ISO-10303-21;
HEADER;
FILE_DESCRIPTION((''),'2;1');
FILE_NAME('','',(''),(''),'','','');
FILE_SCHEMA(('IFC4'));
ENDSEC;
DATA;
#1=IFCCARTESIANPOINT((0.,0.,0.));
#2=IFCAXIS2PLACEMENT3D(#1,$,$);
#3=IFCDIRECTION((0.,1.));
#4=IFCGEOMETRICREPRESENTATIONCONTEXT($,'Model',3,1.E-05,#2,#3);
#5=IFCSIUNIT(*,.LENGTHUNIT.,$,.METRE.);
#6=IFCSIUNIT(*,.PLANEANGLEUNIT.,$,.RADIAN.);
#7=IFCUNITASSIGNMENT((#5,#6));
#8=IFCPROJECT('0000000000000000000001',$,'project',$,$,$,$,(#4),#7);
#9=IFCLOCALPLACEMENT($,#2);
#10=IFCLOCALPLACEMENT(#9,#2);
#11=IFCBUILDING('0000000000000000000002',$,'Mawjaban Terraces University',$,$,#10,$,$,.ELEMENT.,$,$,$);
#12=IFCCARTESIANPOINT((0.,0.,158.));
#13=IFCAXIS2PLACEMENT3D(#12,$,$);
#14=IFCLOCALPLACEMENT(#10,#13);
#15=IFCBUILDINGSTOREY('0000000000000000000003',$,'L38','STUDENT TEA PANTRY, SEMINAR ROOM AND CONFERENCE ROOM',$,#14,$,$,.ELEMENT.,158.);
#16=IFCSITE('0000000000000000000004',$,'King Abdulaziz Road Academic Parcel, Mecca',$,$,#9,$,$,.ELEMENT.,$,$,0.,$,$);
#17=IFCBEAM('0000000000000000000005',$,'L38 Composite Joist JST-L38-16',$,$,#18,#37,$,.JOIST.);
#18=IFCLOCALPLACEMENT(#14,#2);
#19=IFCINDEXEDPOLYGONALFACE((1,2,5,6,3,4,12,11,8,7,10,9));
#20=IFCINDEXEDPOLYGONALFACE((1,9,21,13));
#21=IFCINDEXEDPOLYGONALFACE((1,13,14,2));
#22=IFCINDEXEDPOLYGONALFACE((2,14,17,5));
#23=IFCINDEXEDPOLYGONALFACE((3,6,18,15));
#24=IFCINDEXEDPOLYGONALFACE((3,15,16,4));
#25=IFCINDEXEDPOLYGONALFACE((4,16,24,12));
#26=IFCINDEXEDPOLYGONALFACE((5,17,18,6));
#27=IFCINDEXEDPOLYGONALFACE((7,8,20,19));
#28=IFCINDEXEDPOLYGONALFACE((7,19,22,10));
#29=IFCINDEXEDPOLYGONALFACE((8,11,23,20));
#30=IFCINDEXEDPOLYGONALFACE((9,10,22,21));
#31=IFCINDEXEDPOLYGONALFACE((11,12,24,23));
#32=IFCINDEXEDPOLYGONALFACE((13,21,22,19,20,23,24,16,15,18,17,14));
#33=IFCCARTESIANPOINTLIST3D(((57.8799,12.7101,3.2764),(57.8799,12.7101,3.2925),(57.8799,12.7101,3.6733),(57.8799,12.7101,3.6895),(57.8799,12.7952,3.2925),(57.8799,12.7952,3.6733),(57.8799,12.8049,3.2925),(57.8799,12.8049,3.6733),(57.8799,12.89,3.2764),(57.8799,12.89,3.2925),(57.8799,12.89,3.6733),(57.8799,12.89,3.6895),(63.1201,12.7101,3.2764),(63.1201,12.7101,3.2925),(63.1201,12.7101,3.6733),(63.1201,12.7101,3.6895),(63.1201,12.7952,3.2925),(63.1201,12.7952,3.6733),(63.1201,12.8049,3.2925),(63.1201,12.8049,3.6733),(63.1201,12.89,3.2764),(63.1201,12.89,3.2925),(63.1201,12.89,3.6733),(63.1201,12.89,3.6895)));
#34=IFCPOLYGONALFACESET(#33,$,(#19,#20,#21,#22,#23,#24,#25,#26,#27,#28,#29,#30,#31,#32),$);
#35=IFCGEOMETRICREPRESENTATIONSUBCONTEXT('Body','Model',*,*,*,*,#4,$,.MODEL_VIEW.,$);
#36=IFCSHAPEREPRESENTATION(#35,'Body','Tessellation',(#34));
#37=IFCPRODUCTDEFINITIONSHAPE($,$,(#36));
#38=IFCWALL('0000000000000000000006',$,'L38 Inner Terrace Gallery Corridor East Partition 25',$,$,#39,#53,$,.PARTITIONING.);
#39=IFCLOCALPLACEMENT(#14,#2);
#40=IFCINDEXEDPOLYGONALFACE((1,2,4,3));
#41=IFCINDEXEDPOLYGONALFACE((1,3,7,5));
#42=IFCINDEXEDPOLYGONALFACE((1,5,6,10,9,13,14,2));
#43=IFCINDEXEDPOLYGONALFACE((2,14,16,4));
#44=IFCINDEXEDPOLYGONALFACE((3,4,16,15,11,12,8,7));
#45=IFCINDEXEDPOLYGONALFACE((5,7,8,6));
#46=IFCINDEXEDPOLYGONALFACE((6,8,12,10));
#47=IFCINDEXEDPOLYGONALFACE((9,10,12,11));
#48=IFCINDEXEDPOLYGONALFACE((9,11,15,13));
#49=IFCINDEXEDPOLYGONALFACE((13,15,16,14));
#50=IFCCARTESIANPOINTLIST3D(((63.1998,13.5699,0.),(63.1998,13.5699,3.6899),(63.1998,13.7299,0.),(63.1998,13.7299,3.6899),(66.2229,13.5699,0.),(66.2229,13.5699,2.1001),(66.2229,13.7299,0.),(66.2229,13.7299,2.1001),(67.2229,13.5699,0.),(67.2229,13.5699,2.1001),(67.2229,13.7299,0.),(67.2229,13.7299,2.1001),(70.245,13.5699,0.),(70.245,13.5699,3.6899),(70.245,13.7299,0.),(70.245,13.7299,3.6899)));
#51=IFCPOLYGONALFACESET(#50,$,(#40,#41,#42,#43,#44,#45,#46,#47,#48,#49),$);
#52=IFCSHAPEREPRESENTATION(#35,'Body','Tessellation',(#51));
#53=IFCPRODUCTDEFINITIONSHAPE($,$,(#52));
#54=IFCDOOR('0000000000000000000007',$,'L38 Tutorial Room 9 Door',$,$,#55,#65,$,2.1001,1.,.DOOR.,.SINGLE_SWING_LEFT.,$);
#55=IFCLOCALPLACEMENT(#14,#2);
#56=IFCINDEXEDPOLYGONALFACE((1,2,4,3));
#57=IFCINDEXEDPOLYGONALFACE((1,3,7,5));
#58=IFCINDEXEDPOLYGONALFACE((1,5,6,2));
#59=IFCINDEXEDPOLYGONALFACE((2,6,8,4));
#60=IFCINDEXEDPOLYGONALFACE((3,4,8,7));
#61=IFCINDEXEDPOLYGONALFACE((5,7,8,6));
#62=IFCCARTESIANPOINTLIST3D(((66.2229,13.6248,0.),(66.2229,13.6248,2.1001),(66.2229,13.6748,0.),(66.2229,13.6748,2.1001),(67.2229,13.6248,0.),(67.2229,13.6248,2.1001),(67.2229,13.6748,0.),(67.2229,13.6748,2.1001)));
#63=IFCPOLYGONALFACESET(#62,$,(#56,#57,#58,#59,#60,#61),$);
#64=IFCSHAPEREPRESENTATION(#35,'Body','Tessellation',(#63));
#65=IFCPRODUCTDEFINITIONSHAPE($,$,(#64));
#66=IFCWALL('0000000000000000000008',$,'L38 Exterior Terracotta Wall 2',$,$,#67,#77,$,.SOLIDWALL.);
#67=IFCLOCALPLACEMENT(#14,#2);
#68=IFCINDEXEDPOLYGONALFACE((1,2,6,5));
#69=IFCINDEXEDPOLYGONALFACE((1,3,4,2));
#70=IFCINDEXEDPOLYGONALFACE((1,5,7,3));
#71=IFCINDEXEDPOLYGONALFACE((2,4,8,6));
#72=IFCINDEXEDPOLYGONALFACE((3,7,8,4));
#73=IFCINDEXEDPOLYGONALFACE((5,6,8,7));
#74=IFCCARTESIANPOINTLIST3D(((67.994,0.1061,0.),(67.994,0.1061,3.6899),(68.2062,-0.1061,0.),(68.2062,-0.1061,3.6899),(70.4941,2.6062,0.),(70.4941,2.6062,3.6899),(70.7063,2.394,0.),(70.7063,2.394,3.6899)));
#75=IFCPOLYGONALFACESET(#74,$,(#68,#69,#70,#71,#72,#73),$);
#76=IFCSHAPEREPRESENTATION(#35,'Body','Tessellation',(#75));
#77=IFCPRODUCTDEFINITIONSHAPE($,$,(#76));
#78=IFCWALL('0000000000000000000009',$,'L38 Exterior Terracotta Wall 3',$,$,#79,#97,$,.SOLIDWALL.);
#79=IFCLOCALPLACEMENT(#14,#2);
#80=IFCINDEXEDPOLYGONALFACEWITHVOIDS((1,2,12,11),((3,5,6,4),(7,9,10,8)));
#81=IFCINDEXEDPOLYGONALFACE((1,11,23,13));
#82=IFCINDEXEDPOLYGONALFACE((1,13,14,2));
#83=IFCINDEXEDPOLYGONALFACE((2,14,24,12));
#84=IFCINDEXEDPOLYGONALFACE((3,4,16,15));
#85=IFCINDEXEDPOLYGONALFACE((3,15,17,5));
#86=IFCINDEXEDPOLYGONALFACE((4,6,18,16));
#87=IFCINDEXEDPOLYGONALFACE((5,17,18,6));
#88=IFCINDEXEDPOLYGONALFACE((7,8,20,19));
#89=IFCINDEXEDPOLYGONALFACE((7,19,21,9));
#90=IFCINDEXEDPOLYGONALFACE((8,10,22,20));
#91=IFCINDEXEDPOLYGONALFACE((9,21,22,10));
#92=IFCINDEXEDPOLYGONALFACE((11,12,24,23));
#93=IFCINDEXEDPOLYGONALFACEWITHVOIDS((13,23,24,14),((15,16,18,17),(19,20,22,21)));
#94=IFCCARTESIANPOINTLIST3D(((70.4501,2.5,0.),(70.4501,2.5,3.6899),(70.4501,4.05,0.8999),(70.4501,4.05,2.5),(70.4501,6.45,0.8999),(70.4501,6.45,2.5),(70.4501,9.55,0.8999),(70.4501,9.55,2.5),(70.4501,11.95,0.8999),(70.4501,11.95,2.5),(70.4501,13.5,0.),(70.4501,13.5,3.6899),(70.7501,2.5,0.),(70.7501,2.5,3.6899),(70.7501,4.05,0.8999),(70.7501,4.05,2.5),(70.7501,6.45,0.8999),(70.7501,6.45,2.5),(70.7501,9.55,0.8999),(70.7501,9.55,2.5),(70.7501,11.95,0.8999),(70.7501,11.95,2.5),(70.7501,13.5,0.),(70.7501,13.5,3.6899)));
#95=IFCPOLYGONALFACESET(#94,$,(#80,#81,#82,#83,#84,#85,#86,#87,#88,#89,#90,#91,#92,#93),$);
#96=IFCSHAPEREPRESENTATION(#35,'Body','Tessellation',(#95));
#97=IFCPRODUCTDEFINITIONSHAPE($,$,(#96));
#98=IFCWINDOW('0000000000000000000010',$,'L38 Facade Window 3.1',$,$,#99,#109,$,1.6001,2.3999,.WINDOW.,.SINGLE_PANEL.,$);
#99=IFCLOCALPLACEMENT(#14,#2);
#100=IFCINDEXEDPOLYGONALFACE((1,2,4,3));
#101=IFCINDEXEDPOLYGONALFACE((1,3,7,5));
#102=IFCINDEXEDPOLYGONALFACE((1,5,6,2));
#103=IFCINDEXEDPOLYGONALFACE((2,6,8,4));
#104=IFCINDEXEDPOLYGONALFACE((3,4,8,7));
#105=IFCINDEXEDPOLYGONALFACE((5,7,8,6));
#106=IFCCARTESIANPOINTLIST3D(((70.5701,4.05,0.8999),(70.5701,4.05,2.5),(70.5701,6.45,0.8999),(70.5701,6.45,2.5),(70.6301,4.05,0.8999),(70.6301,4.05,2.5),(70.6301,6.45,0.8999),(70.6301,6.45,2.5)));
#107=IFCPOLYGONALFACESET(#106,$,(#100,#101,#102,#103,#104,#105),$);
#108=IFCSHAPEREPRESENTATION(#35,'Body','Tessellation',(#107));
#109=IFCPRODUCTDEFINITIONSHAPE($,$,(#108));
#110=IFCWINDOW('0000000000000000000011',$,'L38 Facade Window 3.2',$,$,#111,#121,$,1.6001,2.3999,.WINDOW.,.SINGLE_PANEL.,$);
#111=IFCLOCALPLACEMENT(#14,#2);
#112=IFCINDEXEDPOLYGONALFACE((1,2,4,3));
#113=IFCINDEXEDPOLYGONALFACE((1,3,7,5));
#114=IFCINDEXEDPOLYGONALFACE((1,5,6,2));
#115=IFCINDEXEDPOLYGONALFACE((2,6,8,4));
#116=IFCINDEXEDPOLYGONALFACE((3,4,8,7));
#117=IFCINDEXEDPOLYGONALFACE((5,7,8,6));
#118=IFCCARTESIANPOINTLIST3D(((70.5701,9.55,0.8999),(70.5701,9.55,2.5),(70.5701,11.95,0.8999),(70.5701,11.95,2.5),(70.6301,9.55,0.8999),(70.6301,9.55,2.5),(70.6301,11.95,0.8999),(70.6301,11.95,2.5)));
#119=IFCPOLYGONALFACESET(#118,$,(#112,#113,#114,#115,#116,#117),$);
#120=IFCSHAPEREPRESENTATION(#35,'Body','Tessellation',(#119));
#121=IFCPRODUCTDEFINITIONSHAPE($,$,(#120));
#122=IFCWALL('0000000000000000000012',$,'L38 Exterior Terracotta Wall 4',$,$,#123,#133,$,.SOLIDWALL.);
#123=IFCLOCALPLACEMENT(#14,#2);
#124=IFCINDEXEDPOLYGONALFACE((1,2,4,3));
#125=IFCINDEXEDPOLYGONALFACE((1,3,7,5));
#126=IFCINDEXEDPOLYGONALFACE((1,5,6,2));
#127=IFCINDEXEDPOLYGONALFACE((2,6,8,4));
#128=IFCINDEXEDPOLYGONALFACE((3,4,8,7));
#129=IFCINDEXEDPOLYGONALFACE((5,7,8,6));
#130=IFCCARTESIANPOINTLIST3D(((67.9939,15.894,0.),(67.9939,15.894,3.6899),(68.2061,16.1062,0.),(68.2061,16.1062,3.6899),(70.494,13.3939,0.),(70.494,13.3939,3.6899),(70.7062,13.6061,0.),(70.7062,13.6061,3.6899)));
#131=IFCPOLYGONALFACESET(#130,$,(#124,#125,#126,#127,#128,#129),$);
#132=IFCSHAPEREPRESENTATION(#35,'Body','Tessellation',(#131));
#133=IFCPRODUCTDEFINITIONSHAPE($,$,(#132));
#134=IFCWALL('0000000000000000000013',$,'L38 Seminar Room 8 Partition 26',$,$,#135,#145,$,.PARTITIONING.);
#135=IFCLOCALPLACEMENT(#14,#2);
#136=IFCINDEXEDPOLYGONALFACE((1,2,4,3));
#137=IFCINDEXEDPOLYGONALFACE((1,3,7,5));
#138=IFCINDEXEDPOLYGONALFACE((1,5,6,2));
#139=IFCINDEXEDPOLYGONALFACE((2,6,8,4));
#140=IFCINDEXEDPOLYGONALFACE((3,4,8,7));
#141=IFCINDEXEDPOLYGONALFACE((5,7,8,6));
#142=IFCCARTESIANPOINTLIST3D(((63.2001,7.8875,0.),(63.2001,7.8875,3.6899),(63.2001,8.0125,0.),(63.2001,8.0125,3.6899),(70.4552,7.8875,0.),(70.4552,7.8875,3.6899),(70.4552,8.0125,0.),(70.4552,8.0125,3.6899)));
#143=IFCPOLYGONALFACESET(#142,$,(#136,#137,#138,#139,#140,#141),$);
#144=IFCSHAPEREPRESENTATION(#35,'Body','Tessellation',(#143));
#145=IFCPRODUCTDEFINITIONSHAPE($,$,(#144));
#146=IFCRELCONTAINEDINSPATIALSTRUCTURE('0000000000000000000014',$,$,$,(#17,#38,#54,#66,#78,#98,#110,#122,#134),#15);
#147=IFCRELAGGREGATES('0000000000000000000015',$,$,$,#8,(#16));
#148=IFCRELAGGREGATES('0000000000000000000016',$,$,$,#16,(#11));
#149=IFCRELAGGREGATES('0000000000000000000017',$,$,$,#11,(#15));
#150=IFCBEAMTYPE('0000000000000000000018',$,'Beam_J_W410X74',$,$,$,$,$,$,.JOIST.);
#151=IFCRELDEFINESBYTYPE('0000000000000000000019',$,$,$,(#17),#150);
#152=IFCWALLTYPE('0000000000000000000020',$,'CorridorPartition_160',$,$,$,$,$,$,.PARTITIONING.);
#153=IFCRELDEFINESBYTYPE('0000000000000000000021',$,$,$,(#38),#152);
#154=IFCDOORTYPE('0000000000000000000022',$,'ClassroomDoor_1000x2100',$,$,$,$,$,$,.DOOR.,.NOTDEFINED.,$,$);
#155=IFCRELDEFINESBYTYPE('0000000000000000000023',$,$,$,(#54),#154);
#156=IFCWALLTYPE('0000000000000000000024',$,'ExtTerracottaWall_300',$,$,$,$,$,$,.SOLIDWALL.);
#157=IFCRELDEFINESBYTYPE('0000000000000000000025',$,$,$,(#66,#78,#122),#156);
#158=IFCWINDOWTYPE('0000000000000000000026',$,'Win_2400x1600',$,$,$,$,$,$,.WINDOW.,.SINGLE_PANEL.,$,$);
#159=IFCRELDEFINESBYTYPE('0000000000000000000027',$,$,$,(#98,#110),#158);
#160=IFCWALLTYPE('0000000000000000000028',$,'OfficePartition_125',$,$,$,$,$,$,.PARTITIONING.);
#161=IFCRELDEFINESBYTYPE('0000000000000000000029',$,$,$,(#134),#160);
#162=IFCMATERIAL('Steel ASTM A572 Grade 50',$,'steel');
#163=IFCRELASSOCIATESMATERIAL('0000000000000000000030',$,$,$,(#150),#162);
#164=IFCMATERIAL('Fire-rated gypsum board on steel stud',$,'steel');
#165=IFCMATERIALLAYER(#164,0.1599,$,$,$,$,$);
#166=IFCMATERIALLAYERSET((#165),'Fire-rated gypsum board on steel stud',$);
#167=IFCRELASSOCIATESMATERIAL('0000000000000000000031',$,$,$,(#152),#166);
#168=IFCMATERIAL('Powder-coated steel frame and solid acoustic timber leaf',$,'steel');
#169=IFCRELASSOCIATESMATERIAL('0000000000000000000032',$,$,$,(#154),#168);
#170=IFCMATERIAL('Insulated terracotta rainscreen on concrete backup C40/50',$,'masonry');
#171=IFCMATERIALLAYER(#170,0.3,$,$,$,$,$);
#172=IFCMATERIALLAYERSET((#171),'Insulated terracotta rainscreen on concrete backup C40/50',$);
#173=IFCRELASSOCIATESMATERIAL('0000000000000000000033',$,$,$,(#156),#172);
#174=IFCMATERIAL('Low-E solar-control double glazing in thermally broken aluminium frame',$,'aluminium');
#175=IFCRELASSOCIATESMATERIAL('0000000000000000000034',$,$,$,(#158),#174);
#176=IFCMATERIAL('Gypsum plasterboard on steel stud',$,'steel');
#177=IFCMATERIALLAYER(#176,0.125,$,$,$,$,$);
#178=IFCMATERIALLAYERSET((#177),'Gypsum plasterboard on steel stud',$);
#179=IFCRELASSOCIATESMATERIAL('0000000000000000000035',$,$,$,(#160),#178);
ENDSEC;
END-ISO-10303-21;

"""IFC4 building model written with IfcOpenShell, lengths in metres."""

from ifc_helpers import new_model, si_unit, direction, frame, frame_2d, origin, origin_2d, place, context, subcontext, project, spatial, rectangle, i_section, extrude, material, layer, layer_set, material_profile, profile_set, type_object, element, fill, save


model = new_model("IFC4")

# Units and contexts
model_context = context("Model", 3, precision=1e-05, world=origin(), true_north=direction((0.0, 1.0)))
body_context = subcontext(model_context, "Body", "Model", "MODEL_VIEW")
ifc_project = project(units=[si_unit("LENGTHUNIT", "METRE"), si_unit("PLANEANGLEUNIT", "RADIAN")], contexts=[model_context])

# Site, building, storey
site_placement = place(None, origin())
site = spatial("IfcSite", under=ifc_project, at=site_placement, Name="King Abdulaziz Road Academic Parcel, Mecca", CompositionType="ELEMENT", RefElevation=0.0)
building_placement = place(site_placement, origin())
building = spatial("IfcBuilding", under=site, at=building_placement, Name="Mawjaban Terraces University", CompositionType="ELEMENT")
storey_placement = place(building_placement, frame((0.0, 0.0, 158.0)))
storey = spatial("IfcBuildingStorey", under=building, at=storey_placement, Name="L38", Description="STUDENT TEA PANTRY, SEMINAR ROOM AND CONFERENCE ROOM", CompositionType="ELEMENT", Elevation=158.0)

# Beam
ifc_material_1 = material(Name="Steel ASTM A572 Grade 50", Category="steel")
ifc_material_profile_1 = material_profile(ifc_material_1, i_section(OverallWidth=0.1799, OverallDepth=0.4131, WebThickness=0.0098, FlangeThickness=0.0161, at=origin_2d()), Name="W410X74")
ifc_profile_set_1 = profile_set([ifc_material_profile_1], Name="Steel ASTM A572 Grade 50")
beam_type_1 = type_object("IfcBeamType", Name="Beam_J_W410X74", PredefinedType="JOIST", material=ifc_profile_set_1)
for number, where, z_axis, x_axis, name in (
    (1, (57.8799, 12.8, 3.4829), (1.0, 0.0, 0.0), (0.0, 1.0, 0.0), "L38 Composite Joist JST-L38-16"),
):
    element("IfcBeam", number, at=place(storey_placement, frame(where, z_axis=z_axis, x_axis=x_axis)), inside=storey, type_object=beam_type_1, Name=name, PredefinedType="JOIST", context=body_context, shape_type="SweptSolid", body=[
        extrude(i_section(OverallWidth=0.1799, OverallDepth=0.4131, WebThickness=0.0098, FlangeThickness=0.0161, at=origin_2d()), origin(), (0.0, 0.0, 1.0), 5.2402),
    ])

# Wall, opening, door
ifc_material_2 = material(Name="Fire-rated gypsum board on steel stud", Category="steel")
ifc_layer_1 = layer(ifc_material_2, 0.1599)
ifc_layer_set_1 = layer_set([ifc_layer_1], Name="Fire-rated gypsum board on steel stud")
wall_type_1 = type_object("IfcWallType", Name="CorridorPartition_160", PredefinedType="PARTITIONING", material=ifc_layer_set_1)
wall_1_placement = place(storey_placement, frame((63.2, 13.6499, 0.0), z_axis=(0.0, 0.0, 1.0), x_axis=(1.0, 0.0, 0.0)))
wall_1 = element("IfcWall", 2, at=wall_1_placement, inside=storey, type_object=wall_type_1, Name="L38 Inner Terrace Gallery Corridor East Partition 25", PredefinedType="PARTITIONING", context=body_context, shape_type="SweptSolid", body=[
    extrude(rectangle(XDim=7.0452, YDim=0.1599, at=frame_2d((3.5225, 0.0))), origin(), (0.0, 0.0, 1.0), 3.6899),
])
opening_1_placement = place(wall_1_placement, frame((3.0229, 0.0, 0.0)))
opening_1 = element("IfcOpeningElement", 3, at=opening_1_placement, cuts=wall_1, PredefinedType="OPENING", context=body_context, shape_type="SweptSolid", body=[
    extrude(rectangle(XDim=1.0, YDim=2.1001, at=frame_2d((0.5, 1.05))), frame((0.0, 0.0898, 0.0), z_axis=(0.0, -1.0, 0.0), x_axis=(1.0, 0.0, 0.0)), (0.0, 0.0, 1.0), 0.1799),
])
ifc_material_3 = material(Name="Powder-coated steel frame and solid acoustic timber leaf", Category="steel")
door_type_1 = type_object("IfcDoorType", Name="ClassroomDoor_1000x2100", OperationType="NOTDEFINED", PredefinedType="DOOR", material=ifc_material_3)
door_1_placement = place(opening_1_placement, origin())
door_1 = element("IfcDoor", 4, at=door_1_placement, inside=storey, type_object=door_type_1, Name="L38 Tutorial Room 9 Door", OperationType="SINGLE_SWING_LEFT", OverallHeight=2.1001, OverallWidth=1.0, PredefinedType="DOOR", context=body_context, shape_type="SweptSolid", body=[
    extrude(rectangle(XDim=1.0, YDim=2.1001, at=frame_2d((0.5, 1.05))), frame((0.0, 0.0249, 0.0), z_axis=(0.0, -1.0, 0.0), x_axis=(1.0, 0.0, 0.0)), (0.0, 0.0, 1.0), 0.05),
])
fill(opening_1, door_1)

# Wall
ifc_material_4 = material(Name="Insulated terracotta rainscreen on concrete backup C40/50", Category="masonry")
ifc_layer_2 = layer(ifc_material_4, 0.3)
ifc_layer_set_2 = layer_set([ifc_layer_2], Name="Insulated terracotta rainscreen on concrete backup C40/50")
wall_type_2 = type_object("IfcWallType", Name="ExtTerracottaWall_300", PredefinedType="SOLIDWALL", material=ifc_layer_set_2)
wall_2_placement = place(storey_placement, frame((68.1001, 0.0, 0.0), z_axis=(0.0, 0.0, 1.0), x_axis=(0.707107, 0.707107, 0.0)))
element("IfcWall", 5, at=wall_2_placement, inside=storey, type_object=wall_type_2, Name="L38 Exterior Terracotta Wall 2", PredefinedType="SOLIDWALL", context=body_context, shape_type="SweptSolid", body=[
    extrude(rectangle(XDim=3.5356, YDim=0.3, at=frame_2d((1.7678, 0.0))), origin(), (0.0, 0.0, 1.0), 3.6899),
])

# Wall, openings, windows
wall_3_placement = place(storey_placement, frame((70.6001, 2.5, 0.0), z_axis=(0.0, 0.0, 1.0), x_axis=(0.0, 1.0, 0.0)))
wall_3 = element("IfcWall", 6, at=wall_3_placement, inside=storey, type_object=wall_type_2, Name="L38 Exterior Terracotta Wall 3", PredefinedType="SOLIDWALL", context=body_context, shape_type="SweptSolid", body=[
    extrude(rectangle(XDim=11.0, YDim=0.3, at=frame_2d((5.5, 0.0))), origin(), (0.0, 0.0, 1.0), 3.6899),
])
opening_2_placement = place(wall_3_placement, frame((1.55, 0.0, 0.8999)))
opening_2 = element("IfcOpeningElement", 7, at=opening_2_placement, cuts=wall_3, PredefinedType="OPENING", context=body_context, shape_type="SweptSolid", body=[
    extrude(rectangle(XDim=2.3999, YDim=1.6001, at=frame_2d((1.2, 0.8))), frame((0.0, 0.1599, 0.0), z_axis=(0.0, -1.0, 0.0), x_axis=(1.0, 0.0, 0.0)), (0.0, 0.0, 1.0), 0.3201),
])
opening_3_placement = place(wall_3_placement, frame((7.05, 0.0, 0.8999)))
opening_3 = element("IfcOpeningElement", 8, at=opening_3_placement, cuts=wall_3, PredefinedType="OPENING", context=body_context, shape_type="SweptSolid", body=[
    extrude(rectangle(XDim=2.3999, YDim=1.6001, at=frame_2d((1.2, 0.8))), frame((0.0, 0.1599, 0.0), z_axis=(0.0, -1.0, 0.0), x_axis=(1.0, 0.0, 0.0)), (0.0, 0.0, 1.0), 0.3201),
])
ifc_material_5 = material(Name="Low-E solar-control double glazing in thermally broken aluminium frame", Category="aluminium")
window_type = type_object("IfcWindowType", Name="Win_2400x1600", PartitioningType="SINGLE_PANEL", PredefinedType="WINDOW", material=ifc_material_5)
window_1_placement = place(opening_2_placement, origin())
window_1 = element("IfcWindow", 9, at=window_1_placement, inside=storey, type_object=window_type, Name="L38 Facade Window 3.1", OverallHeight=1.6001, OverallWidth=2.3999, PartitioningType="SINGLE_PANEL", PredefinedType="WINDOW", context=body_context, shape_type="SweptSolid", body=[
    extrude(rectangle(XDim=2.3999, YDim=1.6001, at=frame_2d((1.2, 0.8))), frame((0.0, 0.03, 0.0), z_axis=(0.0, -1.0, 0.0), x_axis=(1.0, 0.0, 0.0)), (0.0, 0.0, 1.0), 0.0601),
])
fill(opening_2, window_1)
window_2_placement = place(opening_3_placement, origin())
window_2 = element("IfcWindow", 10, at=window_2_placement, inside=storey, type_object=window_type, Name="L38 Facade Window 3.2", OverallHeight=1.6001, OverallWidth=2.3999, PartitioningType="SINGLE_PANEL", PredefinedType="WINDOW", context=body_context, shape_type="SweptSolid", body=[
    extrude(rectangle(XDim=2.3999, YDim=1.6001, at=frame_2d((1.2, 0.8))), frame((0.0, 0.03, 0.0), z_axis=(0.0, -1.0, 0.0), x_axis=(1.0, 0.0, 0.0)), (0.0, 0.0, 1.0), 0.0601),
])
fill(opening_3, window_2)

# Walls
wall_4_placement = place(storey_placement, frame((70.6001, 13.5, 0.0), z_axis=(0.0, 0.0, 1.0), x_axis=(-0.707107, 0.707107, 0.0)))
element("IfcWall", 11, at=wall_4_placement, inside=storey, type_object=wall_type_2, Name="L38 Exterior Terracotta Wall 4", PredefinedType="SOLIDWALL", context=body_context, shape_type="SweptSolid", body=[
    extrude(rectangle(XDim=3.5356, YDim=0.3, at=frame_2d((1.7678, 0.0))), origin(), (0.0, 0.0, 1.0), 3.6899),
])
ifc_material_6 = material(Name="Gypsum plasterboard on steel stud", Category="steel")
ifc_layer_3 = layer(ifc_material_6, 0.125)
ifc_layer_set_3 = layer_set([ifc_layer_3], Name="Gypsum plasterboard on steel stud")
wall_type_3 = type_object("IfcWallType", Name="OfficePartition_125", PredefinedType="PARTITIONING", material=ifc_layer_set_3)
wall_5_placement = place(storey_placement, frame((70.4551, 7.95, 0.0), z_axis=(0.0, 0.0, 1.0), x_axis=(-1.0, 0.0, 0.0)))
element("IfcWall", 12, at=wall_5_placement, inside=storey, type_object=wall_type_3, Name="L38 Seminar Room 8 Partition 26", PredefinedType="PARTITIONING", context=body_context, shape_type="SweptSolid", body=[
    extrude(rectangle(XDim=7.2551, YDim=0.125, at=frame_2d((3.6274, 0.0))), origin(), (0.0, 0.0, 1.0), 3.6899),
])

save(model, "model.ifc")
